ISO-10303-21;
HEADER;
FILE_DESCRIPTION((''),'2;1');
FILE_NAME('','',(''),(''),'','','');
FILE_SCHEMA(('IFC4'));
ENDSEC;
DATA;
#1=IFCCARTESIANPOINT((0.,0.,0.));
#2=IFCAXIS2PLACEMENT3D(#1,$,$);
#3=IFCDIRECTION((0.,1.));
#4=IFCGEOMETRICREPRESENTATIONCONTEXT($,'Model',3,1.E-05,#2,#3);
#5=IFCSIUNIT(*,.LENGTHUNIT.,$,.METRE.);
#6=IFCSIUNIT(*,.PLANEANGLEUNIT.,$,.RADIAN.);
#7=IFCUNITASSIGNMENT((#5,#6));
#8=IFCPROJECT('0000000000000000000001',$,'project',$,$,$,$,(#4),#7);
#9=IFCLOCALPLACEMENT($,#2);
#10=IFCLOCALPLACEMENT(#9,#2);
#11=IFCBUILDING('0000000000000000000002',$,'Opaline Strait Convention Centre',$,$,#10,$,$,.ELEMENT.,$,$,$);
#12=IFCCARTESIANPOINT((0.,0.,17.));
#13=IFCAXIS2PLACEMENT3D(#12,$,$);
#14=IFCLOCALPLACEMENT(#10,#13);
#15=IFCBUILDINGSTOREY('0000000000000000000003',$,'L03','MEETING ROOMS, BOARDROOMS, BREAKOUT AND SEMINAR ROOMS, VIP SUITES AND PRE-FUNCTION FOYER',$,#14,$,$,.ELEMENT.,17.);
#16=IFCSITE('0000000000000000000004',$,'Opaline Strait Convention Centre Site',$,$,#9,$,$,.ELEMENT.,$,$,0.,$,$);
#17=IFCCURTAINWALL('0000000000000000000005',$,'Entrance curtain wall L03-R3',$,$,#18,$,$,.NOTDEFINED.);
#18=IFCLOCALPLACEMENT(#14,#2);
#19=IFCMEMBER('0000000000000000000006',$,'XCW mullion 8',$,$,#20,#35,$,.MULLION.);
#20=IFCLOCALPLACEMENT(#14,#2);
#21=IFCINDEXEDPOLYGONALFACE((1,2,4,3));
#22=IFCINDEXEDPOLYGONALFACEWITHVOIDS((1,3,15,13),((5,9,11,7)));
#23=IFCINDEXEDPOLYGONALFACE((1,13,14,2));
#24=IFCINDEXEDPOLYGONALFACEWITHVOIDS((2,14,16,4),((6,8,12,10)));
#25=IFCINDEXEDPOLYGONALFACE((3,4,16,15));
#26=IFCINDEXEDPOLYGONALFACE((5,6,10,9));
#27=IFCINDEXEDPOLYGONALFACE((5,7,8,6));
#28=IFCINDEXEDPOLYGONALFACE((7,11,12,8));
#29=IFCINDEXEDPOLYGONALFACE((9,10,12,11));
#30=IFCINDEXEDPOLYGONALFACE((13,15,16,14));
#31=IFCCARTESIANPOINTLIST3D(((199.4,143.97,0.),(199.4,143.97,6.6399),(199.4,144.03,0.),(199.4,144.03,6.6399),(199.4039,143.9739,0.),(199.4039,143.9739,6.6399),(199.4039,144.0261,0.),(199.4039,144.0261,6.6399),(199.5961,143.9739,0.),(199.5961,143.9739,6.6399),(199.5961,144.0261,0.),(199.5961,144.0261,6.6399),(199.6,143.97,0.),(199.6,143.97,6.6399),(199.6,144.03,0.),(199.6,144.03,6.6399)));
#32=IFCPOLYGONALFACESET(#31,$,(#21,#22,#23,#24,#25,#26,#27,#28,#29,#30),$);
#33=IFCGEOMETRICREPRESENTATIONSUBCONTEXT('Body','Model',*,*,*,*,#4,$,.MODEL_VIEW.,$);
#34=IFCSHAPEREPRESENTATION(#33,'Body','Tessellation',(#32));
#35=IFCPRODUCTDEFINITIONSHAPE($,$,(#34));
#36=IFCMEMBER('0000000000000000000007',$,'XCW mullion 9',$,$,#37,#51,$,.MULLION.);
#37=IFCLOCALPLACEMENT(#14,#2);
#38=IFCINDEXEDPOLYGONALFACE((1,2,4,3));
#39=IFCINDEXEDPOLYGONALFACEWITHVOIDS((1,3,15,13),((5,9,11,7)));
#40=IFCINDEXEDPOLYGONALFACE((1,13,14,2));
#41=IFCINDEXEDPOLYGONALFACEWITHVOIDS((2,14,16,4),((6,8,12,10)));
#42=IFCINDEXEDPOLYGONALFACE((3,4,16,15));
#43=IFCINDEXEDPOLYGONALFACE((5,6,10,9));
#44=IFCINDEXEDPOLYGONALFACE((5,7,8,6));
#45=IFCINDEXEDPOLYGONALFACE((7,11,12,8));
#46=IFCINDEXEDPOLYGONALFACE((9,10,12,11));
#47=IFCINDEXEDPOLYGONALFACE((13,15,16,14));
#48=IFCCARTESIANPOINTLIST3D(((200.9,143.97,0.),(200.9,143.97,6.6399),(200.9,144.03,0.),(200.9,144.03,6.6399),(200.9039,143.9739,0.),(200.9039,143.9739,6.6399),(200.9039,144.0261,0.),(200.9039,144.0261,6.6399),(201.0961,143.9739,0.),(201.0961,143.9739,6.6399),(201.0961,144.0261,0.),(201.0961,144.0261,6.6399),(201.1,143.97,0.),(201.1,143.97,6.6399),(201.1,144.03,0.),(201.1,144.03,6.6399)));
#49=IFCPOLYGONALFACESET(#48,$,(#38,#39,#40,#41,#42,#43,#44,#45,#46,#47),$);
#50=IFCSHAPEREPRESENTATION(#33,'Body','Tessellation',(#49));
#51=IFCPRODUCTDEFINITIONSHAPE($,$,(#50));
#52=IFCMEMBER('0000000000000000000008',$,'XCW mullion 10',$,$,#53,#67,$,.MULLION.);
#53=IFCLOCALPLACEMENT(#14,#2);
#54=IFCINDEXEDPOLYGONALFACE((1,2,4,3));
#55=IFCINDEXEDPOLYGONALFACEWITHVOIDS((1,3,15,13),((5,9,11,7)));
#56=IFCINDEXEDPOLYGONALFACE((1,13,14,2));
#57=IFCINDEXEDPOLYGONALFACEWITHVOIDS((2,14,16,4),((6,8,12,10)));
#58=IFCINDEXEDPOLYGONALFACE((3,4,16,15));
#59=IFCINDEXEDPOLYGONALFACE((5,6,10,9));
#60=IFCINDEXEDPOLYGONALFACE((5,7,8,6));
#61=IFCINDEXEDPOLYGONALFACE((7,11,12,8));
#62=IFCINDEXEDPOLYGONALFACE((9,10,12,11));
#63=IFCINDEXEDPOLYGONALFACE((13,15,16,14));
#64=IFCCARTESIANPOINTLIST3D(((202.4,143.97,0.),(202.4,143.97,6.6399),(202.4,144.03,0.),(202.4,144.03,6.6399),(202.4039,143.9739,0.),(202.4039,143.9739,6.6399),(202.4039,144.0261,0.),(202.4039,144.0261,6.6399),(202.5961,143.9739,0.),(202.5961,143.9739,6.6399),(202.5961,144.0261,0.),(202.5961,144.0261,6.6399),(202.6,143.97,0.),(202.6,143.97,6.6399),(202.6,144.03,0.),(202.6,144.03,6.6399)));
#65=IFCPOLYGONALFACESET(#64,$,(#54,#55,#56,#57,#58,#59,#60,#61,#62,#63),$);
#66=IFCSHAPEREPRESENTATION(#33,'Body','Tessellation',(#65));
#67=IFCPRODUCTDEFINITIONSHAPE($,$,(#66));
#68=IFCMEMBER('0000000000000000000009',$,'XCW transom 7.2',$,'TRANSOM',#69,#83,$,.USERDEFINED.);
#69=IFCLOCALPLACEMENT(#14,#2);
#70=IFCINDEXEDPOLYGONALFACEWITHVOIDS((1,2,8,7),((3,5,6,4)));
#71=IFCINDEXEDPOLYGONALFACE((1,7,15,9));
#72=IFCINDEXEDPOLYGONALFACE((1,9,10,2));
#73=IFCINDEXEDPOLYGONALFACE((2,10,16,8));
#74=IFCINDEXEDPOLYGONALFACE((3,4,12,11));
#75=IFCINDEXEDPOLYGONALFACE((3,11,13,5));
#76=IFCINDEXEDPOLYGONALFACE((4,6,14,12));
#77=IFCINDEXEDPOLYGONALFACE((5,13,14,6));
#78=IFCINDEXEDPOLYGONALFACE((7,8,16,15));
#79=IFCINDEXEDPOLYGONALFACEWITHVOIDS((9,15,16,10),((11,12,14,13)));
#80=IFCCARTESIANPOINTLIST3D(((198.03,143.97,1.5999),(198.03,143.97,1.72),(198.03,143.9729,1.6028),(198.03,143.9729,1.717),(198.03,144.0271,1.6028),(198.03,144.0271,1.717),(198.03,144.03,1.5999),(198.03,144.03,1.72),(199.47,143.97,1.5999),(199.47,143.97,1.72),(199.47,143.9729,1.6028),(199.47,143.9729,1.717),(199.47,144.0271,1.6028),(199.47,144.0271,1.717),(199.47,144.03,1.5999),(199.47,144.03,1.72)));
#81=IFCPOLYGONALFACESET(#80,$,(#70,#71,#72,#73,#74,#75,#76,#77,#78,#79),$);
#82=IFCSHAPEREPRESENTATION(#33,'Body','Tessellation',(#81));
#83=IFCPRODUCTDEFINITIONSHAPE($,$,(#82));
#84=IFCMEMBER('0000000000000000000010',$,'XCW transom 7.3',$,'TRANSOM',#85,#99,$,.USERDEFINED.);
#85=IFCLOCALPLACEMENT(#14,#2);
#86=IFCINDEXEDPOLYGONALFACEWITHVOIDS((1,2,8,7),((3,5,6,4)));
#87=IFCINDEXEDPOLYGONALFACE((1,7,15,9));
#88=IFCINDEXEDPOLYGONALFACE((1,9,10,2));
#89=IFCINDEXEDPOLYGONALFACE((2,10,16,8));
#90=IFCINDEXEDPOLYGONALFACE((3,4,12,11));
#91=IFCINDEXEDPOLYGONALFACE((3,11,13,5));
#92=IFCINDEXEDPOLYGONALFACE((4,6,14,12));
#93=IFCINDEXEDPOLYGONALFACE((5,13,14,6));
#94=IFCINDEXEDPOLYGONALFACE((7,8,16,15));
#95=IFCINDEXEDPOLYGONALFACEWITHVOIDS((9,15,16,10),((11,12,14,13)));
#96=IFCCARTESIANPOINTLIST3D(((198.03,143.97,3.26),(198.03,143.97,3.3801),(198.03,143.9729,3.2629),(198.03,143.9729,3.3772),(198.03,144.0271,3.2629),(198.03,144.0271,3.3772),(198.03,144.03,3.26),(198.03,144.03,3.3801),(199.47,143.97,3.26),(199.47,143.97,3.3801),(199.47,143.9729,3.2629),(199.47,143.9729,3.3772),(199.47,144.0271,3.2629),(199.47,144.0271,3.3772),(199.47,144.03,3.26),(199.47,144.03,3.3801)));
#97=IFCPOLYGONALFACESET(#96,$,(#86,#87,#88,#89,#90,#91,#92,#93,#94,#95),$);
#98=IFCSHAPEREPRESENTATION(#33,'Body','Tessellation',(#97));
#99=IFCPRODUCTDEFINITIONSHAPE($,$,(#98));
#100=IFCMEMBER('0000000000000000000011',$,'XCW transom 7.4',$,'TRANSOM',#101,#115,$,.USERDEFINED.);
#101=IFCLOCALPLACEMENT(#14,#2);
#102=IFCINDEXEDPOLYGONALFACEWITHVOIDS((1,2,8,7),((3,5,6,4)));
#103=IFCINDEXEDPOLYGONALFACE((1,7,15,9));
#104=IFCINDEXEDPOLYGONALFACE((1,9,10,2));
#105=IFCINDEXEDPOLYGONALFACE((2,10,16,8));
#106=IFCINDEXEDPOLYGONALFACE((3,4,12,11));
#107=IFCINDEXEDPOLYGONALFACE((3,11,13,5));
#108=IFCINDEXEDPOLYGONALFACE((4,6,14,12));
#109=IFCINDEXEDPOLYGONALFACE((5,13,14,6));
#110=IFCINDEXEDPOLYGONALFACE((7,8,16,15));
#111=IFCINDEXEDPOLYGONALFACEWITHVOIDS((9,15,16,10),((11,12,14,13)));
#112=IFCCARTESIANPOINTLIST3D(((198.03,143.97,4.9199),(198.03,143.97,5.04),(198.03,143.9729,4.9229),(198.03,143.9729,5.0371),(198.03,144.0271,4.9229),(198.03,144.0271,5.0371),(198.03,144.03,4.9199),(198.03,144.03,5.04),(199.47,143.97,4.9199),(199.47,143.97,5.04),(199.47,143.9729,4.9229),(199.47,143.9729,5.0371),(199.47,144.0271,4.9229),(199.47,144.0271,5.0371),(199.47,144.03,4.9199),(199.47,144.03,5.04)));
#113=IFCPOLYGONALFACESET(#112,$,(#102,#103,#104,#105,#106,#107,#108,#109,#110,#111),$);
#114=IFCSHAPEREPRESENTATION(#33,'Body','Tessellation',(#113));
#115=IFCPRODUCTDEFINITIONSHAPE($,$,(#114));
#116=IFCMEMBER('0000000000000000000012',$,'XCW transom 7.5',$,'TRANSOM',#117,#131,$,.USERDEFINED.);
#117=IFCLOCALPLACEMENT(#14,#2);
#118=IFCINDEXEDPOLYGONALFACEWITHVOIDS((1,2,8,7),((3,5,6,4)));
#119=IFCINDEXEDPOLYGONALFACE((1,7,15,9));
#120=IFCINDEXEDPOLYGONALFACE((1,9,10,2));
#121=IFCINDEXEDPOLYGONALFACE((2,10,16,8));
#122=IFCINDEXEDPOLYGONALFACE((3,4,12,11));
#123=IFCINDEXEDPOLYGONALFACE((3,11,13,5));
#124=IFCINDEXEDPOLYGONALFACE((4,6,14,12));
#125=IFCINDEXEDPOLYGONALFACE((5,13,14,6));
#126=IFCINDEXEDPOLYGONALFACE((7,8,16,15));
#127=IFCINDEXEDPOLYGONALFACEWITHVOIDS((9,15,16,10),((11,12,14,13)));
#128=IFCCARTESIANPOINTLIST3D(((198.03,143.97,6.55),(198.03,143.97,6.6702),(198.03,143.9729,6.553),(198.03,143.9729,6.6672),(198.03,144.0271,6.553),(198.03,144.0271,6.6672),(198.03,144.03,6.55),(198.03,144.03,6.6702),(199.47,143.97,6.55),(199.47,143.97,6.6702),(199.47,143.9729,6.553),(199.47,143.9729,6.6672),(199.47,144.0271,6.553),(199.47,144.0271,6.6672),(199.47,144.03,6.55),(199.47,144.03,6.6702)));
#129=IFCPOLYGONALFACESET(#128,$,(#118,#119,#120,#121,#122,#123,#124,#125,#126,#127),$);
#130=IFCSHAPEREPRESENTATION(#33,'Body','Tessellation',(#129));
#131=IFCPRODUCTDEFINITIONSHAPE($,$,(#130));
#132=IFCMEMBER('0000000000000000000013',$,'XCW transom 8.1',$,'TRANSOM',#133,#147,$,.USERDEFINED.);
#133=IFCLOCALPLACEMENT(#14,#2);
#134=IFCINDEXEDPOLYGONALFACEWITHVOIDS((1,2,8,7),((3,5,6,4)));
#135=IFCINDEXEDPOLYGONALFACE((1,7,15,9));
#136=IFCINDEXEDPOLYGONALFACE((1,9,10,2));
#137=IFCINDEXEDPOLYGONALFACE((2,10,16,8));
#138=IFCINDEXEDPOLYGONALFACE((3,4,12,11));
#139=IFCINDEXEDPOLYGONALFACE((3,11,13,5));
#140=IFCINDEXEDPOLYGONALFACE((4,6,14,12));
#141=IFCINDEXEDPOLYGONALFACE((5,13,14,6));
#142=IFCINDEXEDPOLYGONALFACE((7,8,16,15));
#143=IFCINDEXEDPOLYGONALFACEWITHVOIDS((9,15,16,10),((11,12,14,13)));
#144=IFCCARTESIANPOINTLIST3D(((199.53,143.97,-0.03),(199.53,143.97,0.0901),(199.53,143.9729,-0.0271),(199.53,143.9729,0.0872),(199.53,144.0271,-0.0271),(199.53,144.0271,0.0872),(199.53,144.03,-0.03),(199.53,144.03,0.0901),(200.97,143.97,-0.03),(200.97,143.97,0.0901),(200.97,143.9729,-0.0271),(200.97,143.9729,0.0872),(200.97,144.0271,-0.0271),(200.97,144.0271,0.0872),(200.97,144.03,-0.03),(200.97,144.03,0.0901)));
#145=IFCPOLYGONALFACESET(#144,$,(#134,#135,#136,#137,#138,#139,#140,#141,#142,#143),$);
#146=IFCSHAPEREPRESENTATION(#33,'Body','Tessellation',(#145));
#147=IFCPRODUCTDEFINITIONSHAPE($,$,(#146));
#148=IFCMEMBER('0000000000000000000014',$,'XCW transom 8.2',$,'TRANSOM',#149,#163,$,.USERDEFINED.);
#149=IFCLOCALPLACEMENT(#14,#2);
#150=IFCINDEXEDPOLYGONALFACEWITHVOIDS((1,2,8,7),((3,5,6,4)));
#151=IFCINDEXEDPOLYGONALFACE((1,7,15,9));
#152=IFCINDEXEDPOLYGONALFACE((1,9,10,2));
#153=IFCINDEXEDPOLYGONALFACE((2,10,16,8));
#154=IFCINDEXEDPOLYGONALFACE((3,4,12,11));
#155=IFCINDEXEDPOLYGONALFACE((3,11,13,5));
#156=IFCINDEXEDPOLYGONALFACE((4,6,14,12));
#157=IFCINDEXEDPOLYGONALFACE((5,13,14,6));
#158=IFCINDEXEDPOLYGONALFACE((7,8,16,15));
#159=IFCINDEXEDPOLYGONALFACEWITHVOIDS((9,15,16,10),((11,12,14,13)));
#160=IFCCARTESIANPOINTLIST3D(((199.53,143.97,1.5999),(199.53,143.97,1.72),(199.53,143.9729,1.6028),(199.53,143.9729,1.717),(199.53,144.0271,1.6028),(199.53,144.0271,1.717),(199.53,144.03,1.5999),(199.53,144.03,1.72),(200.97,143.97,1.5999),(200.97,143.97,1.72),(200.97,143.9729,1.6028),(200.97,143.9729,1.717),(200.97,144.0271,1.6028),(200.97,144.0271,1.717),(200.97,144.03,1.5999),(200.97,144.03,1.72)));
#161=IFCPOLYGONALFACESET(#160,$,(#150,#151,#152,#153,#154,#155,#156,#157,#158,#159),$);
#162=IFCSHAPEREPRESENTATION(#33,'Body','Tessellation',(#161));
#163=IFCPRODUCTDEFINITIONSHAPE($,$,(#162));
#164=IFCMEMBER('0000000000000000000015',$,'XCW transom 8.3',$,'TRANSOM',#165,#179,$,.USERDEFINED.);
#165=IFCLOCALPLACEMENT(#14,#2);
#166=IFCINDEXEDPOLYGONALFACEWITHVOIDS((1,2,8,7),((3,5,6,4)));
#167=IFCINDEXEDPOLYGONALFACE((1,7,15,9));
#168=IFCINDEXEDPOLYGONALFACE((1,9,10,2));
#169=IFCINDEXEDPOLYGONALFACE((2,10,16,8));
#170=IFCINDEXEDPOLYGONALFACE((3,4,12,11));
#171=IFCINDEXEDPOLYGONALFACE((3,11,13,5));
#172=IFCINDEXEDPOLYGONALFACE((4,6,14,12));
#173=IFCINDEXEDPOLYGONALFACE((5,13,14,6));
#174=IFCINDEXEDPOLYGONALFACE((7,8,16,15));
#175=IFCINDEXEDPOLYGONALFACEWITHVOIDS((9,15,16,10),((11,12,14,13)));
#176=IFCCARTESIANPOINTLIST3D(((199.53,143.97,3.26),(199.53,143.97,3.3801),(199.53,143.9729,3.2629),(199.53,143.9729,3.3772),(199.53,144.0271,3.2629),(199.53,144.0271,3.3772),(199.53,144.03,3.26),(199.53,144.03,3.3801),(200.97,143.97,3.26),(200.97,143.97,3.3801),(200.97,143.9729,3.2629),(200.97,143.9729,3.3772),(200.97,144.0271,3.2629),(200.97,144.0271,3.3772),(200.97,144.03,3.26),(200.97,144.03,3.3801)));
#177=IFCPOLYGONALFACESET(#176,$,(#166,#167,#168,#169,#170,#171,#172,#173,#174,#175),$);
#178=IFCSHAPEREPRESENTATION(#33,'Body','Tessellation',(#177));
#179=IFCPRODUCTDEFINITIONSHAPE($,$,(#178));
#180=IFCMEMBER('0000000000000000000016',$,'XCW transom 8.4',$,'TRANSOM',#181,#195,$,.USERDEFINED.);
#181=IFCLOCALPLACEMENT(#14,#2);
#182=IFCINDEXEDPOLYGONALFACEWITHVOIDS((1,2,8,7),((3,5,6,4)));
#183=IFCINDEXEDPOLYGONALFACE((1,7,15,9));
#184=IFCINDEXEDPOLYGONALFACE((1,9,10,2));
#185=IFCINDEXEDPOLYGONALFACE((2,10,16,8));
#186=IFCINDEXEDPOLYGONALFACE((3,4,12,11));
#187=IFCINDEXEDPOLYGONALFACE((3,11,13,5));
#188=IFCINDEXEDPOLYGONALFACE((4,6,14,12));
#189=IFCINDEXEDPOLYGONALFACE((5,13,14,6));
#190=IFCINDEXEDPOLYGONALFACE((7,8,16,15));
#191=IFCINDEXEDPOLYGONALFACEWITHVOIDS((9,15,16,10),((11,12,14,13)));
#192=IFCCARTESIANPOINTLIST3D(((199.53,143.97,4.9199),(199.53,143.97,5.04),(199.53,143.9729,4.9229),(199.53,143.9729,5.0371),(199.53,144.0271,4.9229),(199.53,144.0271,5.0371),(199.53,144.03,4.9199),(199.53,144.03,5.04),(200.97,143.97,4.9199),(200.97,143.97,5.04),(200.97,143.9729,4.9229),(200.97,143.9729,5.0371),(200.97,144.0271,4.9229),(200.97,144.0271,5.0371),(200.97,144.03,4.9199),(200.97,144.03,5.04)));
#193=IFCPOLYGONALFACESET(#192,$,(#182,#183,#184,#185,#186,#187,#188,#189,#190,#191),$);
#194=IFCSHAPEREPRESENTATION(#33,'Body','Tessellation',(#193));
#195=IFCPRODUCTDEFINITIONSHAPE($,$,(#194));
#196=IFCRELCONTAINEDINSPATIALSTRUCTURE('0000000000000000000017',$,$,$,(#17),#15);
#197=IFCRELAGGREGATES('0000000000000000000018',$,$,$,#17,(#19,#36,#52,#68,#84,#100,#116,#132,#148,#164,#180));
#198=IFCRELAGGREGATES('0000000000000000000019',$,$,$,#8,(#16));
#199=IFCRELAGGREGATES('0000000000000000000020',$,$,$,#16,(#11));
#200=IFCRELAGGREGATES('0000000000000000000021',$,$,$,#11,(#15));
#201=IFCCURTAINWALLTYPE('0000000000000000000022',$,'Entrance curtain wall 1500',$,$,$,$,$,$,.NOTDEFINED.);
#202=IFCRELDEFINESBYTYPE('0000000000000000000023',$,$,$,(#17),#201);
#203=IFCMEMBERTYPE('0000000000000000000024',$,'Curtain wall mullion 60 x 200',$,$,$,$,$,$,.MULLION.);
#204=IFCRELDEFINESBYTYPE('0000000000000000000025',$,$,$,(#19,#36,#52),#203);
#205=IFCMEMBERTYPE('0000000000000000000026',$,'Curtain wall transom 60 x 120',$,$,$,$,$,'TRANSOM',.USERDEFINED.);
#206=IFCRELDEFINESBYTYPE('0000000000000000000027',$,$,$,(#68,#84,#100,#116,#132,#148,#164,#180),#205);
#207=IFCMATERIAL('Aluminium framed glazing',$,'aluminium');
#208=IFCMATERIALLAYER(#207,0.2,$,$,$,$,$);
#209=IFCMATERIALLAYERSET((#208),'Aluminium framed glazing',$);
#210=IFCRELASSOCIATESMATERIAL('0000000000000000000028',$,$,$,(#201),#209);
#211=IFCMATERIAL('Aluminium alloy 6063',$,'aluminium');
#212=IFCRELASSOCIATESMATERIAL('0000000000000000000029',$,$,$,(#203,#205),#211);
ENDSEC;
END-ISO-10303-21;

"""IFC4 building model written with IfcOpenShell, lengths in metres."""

from ifc_helpers import new_model, si_unit, direction, frame, origin, origin_2d, place, context, subcontext, project, spatial, hollow_rectangle, extrude, material, layer, layer_set, material_profile, profile_set, type_object, element, aggregate, save


model = new_model("IFC4")

# Units and contexts
model_context = context("Model", 3, precision=1e-05, world=origin(), true_north=direction((0.0, 1.0)))
body_context = subcontext(model_context, "Body", "Model", "MODEL_VIEW")
ifc_project = project(units=[si_unit("LENGTHUNIT", "METRE"), si_unit("PLANEANGLEUNIT", "RADIAN")], contexts=[model_context])

# Site, building, storey
site_placement = place(None, origin())
site = spatial("IfcSite", under=ifc_project, at=site_placement, Name="Opaline Strait Convention Centre Site", CompositionType="ELEMENT", RefElevation=0.0)
building_placement = place(site_placement, origin())
building = spatial("IfcBuilding", under=site, at=building_placement, Name="Opaline Strait Convention Centre", CompositionType="ELEMENT")
storey_placement = place(building_placement, frame((0.0, 0.0, 17.0)))
storey = spatial("IfcBuildingStorey", under=building, at=storey_placement, Name="L03", Description="MEETING ROOMS, BOARDROOMS, BREAKOUT AND SEMINAR ROOMS, VIP SUITES AND PRE-FUNCTION FOYER", CompositionType="ELEMENT", Elevation=17.0)

# Curtain wall, members
ifc_material_1 = material(Name="Aluminium framed glazing", Category="aluminium")
ifc_layer_1 = layer(ifc_material_1, 0.2)
ifc_layer_set_1 = layer_set([ifc_layer_1], Name="Aluminium framed glazing")
curtain_wall_type = type_object("IfcCurtainWallType", Name="Entrance curtain wall 1500", PredefinedType="NOTDEFINED", material=ifc_layer_set_1)
curtain_wall_placement = place(storey_placement, origin())
curtain_wall = element("IfcCurtainWall", 1, at=curtain_wall_placement, inside=storey, type_object=curtain_wall_type, Name="Entrance curtain wall L03-R3", PredefinedType="NOTDEFINED")
ifc_material_2 = material(Name="Aluminium alloy 6063", Category="aluminium")
ifc_material_profile_1 = material_profile(ifc_material_2, hollow_rectangle(XDim=0.0601, YDim=0.2, WallThickness=0.0039, at=origin_2d()), Name="MULLION 60x200x4")
ifc_profile_set_1 = profile_set([ifc_material_profile_1], Name="Aluminium alloy 6063")
member_type_1 = type_object("IfcMemberType", Name="Curtain wall mullion 60 x 200", PredefinedType="MULLION", material=ifc_profile_set_1)
member_1_placement = place(storey_placement, frame((199.5, 144.0, 0.0), z_axis=(0.0, 0.0, 1.0), x_axis=(0.0, 1.0, 0.0)))
member_1 = element("IfcMember", 2, at=member_1_placement, type_object=member_type_1, Name="XCW mullion 8", PredefinedType="MULLION", context=body_context, shape_type="SweptSolid", body=[
    extrude(hollow_rectangle(XDim=0.0601, YDim=0.2, WallThickness=0.0039, at=origin_2d()), origin(), (0.0, 0.0, 1.0), 6.6399),
])
member_2_placement = place(storey_placement, frame((201.0, 144.0, 0.0), z_axis=(0.0, 0.0, 1.0), x_axis=(0.0, 1.0, 0.0)))
member_2 = element("IfcMember", 3, at=member_2_placement, type_object=member_type_1, Name="XCW mullion 9", PredefinedType="MULLION", context=body_context, shape_type="SweptSolid", body=[
    extrude(hollow_rectangle(XDim=0.0601, YDim=0.2, WallThickness=0.0039, at=origin_2d()), origin(), (0.0, 0.0, 1.0), 6.6399),
])
member_3_placement = place(storey_placement, frame((202.5, 144.0, 0.0), z_axis=(0.0, 0.0, 1.0), x_axis=(0.0, 1.0, 0.0)))
member_3 = element("IfcMember", 4, at=member_3_placement, type_object=member_type_1, Name="XCW mullion 10", PredefinedType="MULLION", context=body_context, shape_type="SweptSolid", body=[
    extrude(hollow_rectangle(XDim=0.0601, YDim=0.2, WallThickness=0.0039, at=origin_2d()), origin(), (0.0, 0.0, 1.0), 6.6399),
])
ifc_material_profile_2 = material_profile(ifc_material_2, hollow_rectangle(XDim=0.0601, YDim=0.1201, WallThickness=0.0029, at=origin_2d()), Name="TRANSOM 60x120x3")
ifc_profile_set_2 = profile_set([ifc_material_profile_2], Name="Aluminium alloy 6063")
member_type_2 = type_object("IfcMemberType", Name="Curtain wall transom 60 x 120", ElementType="TRANSOM", PredefinedType="USERDEFINED", material=ifc_profile_set_2)
member_4_placement = place(storey_placement, frame((198.03, 144.0, 1.6599), z_axis=(1.0, 0.0, 0.0), x_axis=(0.0, 1.0, 0.0)))
member_4 = element("IfcMember", 5, at=member_4_placement, type_object=member_type_2, Name="XCW transom 7.2", ObjectType="TRANSOM", PredefinedType="USERDEFINED", context=body_context, shape_type="SweptSolid", body=[
    extrude(hollow_rectangle(XDim=0.0601, YDim=0.1201, WallThickness=0.0029, at=origin_2d()), origin(), (0.0, 0.0, 1.0), 1.4399),
])
member_5_placement = place(storey_placement, frame((198.03, 144.0, 3.3201), z_axis=(1.0, 0.0, 0.0), x_axis=(0.0, 1.0, 0.0)))
member_5 = element("IfcMember", 6, at=member_5_placement, type_object=member_type_2, Name="XCW transom 7.3", ObjectType="TRANSOM", PredefinedType="USERDEFINED", context=body_context, shape_type="SweptSolid", body=[
    extrude(hollow_rectangle(XDim=0.0601, YDim=0.1201, WallThickness=0.0029, at=origin_2d()), origin(), (0.0, 0.0, 1.0), 1.4399),
])
member_6_placement = place(storey_placement, frame((198.03, 144.0, 4.98), z_axis=(1.0, 0.0, 0.0), x_axis=(0.0, 1.0, 0.0)))
member_6 = element("IfcMember", 7, at=member_6_placement, type_object=member_type_2, Name="XCW transom 7.4", ObjectType="TRANSOM", PredefinedType="USERDEFINED", context=body_context, shape_type="SweptSolid", body=[
    extrude(hollow_rectangle(XDim=0.0601, YDim=0.1201, WallThickness=0.0029, at=origin_2d()), origin(), (0.0, 0.0, 1.0), 1.4399),
])
member_7_placement = place(storey_placement, frame((198.03, 144.0, 6.6101), z_axis=(1.0, 0.0, 0.0), x_axis=(0.0, 1.0, 0.0)))
member_7 = element("IfcMember", 8, at=member_7_placement, type_object=member_type_2, Name="XCW transom 7.5", ObjectType="TRANSOM", PredefinedType="USERDEFINED", context=body_context, shape_type="SweptSolid", body=[
    extrude(hollow_rectangle(XDim=0.0601, YDim=0.1201, WallThickness=0.0029, at=origin_2d()), origin(), (0.0, 0.0, 1.0), 1.4399),
])
member_8_placement = place(storey_placement, frame((199.53, 144.0, 0.03), z_axis=(1.0, 0.0, 0.0), x_axis=(0.0, 1.0, 0.0)))
member_8 = element("IfcMember", 9, at=member_8_placement, type_object=member_type_2, Name="XCW transom 8.1", ObjectType="TRANSOM", PredefinedType="USERDEFINED", context=body_context, shape_type="SweptSolid", body=[
    extrude(hollow_rectangle(XDim=0.0601, YDim=0.1201, WallThickness=0.0029, at=origin_2d()), origin(), (0.0, 0.0, 1.0), 1.4399),
])
member_9_placement = place(storey_placement, frame((199.53, 144.0, 1.6599), z_axis=(1.0, 0.0, 0.0), x_axis=(0.0, 1.0, 0.0)))
member_9 = element("IfcMember", 10, at=member_9_placement, type_object=member_type_2, Name="XCW transom 8.2", ObjectType="TRANSOM", PredefinedType="USERDEFINED", context=body_context, shape_type="SweptSolid", body=[
    extrude(hollow_rectangle(XDim=0.0601, YDim=0.1201, WallThickness=0.0029, at=origin_2d()), origin(), (0.0, 0.0, 1.0), 1.4399),
])
member_10_placement = place(storey_placement, frame((199.53, 144.0, 3.3201), z_axis=(1.0, 0.0, 0.0), x_axis=(0.0, 1.0, 0.0)))
member_10 = element("IfcMember", 11, at=member_10_placement, type_object=member_type_2, Name="XCW transom 8.3", ObjectType="TRANSOM", PredefinedType="USERDEFINED", context=body_context, shape_type="SweptSolid", body=[
    extrude(hollow_rectangle(XDim=0.0601, YDim=0.1201, WallThickness=0.0029, at=origin_2d()), origin(), (0.0, 0.0, 1.0), 1.4399),
])
member_11_placement = place(storey_placement, frame((199.53, 144.0, 4.98), z_axis=(1.0, 0.0, 0.0), x_axis=(0.0, 1.0, 0.0)))
member_11 = element("IfcMember", 12, at=member_11_placement, type_object=member_type_2, Name="XCW transom 8.4", ObjectType="TRANSOM", PredefinedType="USERDEFINED", context=body_context, shape_type="SweptSolid", body=[
    extrude(hollow_rectangle(XDim=0.0601, YDim=0.1201, WallThickness=0.0029, at=origin_2d()), origin(), (0.0, 0.0, 1.0), 1.4399),
])
aggregate(curtain_wall, [member_1, member_2, member_3, member_4, member_5, member_6, member_7, member_8, member_9, member_10, member_11])

save(model, "model.ifc")
